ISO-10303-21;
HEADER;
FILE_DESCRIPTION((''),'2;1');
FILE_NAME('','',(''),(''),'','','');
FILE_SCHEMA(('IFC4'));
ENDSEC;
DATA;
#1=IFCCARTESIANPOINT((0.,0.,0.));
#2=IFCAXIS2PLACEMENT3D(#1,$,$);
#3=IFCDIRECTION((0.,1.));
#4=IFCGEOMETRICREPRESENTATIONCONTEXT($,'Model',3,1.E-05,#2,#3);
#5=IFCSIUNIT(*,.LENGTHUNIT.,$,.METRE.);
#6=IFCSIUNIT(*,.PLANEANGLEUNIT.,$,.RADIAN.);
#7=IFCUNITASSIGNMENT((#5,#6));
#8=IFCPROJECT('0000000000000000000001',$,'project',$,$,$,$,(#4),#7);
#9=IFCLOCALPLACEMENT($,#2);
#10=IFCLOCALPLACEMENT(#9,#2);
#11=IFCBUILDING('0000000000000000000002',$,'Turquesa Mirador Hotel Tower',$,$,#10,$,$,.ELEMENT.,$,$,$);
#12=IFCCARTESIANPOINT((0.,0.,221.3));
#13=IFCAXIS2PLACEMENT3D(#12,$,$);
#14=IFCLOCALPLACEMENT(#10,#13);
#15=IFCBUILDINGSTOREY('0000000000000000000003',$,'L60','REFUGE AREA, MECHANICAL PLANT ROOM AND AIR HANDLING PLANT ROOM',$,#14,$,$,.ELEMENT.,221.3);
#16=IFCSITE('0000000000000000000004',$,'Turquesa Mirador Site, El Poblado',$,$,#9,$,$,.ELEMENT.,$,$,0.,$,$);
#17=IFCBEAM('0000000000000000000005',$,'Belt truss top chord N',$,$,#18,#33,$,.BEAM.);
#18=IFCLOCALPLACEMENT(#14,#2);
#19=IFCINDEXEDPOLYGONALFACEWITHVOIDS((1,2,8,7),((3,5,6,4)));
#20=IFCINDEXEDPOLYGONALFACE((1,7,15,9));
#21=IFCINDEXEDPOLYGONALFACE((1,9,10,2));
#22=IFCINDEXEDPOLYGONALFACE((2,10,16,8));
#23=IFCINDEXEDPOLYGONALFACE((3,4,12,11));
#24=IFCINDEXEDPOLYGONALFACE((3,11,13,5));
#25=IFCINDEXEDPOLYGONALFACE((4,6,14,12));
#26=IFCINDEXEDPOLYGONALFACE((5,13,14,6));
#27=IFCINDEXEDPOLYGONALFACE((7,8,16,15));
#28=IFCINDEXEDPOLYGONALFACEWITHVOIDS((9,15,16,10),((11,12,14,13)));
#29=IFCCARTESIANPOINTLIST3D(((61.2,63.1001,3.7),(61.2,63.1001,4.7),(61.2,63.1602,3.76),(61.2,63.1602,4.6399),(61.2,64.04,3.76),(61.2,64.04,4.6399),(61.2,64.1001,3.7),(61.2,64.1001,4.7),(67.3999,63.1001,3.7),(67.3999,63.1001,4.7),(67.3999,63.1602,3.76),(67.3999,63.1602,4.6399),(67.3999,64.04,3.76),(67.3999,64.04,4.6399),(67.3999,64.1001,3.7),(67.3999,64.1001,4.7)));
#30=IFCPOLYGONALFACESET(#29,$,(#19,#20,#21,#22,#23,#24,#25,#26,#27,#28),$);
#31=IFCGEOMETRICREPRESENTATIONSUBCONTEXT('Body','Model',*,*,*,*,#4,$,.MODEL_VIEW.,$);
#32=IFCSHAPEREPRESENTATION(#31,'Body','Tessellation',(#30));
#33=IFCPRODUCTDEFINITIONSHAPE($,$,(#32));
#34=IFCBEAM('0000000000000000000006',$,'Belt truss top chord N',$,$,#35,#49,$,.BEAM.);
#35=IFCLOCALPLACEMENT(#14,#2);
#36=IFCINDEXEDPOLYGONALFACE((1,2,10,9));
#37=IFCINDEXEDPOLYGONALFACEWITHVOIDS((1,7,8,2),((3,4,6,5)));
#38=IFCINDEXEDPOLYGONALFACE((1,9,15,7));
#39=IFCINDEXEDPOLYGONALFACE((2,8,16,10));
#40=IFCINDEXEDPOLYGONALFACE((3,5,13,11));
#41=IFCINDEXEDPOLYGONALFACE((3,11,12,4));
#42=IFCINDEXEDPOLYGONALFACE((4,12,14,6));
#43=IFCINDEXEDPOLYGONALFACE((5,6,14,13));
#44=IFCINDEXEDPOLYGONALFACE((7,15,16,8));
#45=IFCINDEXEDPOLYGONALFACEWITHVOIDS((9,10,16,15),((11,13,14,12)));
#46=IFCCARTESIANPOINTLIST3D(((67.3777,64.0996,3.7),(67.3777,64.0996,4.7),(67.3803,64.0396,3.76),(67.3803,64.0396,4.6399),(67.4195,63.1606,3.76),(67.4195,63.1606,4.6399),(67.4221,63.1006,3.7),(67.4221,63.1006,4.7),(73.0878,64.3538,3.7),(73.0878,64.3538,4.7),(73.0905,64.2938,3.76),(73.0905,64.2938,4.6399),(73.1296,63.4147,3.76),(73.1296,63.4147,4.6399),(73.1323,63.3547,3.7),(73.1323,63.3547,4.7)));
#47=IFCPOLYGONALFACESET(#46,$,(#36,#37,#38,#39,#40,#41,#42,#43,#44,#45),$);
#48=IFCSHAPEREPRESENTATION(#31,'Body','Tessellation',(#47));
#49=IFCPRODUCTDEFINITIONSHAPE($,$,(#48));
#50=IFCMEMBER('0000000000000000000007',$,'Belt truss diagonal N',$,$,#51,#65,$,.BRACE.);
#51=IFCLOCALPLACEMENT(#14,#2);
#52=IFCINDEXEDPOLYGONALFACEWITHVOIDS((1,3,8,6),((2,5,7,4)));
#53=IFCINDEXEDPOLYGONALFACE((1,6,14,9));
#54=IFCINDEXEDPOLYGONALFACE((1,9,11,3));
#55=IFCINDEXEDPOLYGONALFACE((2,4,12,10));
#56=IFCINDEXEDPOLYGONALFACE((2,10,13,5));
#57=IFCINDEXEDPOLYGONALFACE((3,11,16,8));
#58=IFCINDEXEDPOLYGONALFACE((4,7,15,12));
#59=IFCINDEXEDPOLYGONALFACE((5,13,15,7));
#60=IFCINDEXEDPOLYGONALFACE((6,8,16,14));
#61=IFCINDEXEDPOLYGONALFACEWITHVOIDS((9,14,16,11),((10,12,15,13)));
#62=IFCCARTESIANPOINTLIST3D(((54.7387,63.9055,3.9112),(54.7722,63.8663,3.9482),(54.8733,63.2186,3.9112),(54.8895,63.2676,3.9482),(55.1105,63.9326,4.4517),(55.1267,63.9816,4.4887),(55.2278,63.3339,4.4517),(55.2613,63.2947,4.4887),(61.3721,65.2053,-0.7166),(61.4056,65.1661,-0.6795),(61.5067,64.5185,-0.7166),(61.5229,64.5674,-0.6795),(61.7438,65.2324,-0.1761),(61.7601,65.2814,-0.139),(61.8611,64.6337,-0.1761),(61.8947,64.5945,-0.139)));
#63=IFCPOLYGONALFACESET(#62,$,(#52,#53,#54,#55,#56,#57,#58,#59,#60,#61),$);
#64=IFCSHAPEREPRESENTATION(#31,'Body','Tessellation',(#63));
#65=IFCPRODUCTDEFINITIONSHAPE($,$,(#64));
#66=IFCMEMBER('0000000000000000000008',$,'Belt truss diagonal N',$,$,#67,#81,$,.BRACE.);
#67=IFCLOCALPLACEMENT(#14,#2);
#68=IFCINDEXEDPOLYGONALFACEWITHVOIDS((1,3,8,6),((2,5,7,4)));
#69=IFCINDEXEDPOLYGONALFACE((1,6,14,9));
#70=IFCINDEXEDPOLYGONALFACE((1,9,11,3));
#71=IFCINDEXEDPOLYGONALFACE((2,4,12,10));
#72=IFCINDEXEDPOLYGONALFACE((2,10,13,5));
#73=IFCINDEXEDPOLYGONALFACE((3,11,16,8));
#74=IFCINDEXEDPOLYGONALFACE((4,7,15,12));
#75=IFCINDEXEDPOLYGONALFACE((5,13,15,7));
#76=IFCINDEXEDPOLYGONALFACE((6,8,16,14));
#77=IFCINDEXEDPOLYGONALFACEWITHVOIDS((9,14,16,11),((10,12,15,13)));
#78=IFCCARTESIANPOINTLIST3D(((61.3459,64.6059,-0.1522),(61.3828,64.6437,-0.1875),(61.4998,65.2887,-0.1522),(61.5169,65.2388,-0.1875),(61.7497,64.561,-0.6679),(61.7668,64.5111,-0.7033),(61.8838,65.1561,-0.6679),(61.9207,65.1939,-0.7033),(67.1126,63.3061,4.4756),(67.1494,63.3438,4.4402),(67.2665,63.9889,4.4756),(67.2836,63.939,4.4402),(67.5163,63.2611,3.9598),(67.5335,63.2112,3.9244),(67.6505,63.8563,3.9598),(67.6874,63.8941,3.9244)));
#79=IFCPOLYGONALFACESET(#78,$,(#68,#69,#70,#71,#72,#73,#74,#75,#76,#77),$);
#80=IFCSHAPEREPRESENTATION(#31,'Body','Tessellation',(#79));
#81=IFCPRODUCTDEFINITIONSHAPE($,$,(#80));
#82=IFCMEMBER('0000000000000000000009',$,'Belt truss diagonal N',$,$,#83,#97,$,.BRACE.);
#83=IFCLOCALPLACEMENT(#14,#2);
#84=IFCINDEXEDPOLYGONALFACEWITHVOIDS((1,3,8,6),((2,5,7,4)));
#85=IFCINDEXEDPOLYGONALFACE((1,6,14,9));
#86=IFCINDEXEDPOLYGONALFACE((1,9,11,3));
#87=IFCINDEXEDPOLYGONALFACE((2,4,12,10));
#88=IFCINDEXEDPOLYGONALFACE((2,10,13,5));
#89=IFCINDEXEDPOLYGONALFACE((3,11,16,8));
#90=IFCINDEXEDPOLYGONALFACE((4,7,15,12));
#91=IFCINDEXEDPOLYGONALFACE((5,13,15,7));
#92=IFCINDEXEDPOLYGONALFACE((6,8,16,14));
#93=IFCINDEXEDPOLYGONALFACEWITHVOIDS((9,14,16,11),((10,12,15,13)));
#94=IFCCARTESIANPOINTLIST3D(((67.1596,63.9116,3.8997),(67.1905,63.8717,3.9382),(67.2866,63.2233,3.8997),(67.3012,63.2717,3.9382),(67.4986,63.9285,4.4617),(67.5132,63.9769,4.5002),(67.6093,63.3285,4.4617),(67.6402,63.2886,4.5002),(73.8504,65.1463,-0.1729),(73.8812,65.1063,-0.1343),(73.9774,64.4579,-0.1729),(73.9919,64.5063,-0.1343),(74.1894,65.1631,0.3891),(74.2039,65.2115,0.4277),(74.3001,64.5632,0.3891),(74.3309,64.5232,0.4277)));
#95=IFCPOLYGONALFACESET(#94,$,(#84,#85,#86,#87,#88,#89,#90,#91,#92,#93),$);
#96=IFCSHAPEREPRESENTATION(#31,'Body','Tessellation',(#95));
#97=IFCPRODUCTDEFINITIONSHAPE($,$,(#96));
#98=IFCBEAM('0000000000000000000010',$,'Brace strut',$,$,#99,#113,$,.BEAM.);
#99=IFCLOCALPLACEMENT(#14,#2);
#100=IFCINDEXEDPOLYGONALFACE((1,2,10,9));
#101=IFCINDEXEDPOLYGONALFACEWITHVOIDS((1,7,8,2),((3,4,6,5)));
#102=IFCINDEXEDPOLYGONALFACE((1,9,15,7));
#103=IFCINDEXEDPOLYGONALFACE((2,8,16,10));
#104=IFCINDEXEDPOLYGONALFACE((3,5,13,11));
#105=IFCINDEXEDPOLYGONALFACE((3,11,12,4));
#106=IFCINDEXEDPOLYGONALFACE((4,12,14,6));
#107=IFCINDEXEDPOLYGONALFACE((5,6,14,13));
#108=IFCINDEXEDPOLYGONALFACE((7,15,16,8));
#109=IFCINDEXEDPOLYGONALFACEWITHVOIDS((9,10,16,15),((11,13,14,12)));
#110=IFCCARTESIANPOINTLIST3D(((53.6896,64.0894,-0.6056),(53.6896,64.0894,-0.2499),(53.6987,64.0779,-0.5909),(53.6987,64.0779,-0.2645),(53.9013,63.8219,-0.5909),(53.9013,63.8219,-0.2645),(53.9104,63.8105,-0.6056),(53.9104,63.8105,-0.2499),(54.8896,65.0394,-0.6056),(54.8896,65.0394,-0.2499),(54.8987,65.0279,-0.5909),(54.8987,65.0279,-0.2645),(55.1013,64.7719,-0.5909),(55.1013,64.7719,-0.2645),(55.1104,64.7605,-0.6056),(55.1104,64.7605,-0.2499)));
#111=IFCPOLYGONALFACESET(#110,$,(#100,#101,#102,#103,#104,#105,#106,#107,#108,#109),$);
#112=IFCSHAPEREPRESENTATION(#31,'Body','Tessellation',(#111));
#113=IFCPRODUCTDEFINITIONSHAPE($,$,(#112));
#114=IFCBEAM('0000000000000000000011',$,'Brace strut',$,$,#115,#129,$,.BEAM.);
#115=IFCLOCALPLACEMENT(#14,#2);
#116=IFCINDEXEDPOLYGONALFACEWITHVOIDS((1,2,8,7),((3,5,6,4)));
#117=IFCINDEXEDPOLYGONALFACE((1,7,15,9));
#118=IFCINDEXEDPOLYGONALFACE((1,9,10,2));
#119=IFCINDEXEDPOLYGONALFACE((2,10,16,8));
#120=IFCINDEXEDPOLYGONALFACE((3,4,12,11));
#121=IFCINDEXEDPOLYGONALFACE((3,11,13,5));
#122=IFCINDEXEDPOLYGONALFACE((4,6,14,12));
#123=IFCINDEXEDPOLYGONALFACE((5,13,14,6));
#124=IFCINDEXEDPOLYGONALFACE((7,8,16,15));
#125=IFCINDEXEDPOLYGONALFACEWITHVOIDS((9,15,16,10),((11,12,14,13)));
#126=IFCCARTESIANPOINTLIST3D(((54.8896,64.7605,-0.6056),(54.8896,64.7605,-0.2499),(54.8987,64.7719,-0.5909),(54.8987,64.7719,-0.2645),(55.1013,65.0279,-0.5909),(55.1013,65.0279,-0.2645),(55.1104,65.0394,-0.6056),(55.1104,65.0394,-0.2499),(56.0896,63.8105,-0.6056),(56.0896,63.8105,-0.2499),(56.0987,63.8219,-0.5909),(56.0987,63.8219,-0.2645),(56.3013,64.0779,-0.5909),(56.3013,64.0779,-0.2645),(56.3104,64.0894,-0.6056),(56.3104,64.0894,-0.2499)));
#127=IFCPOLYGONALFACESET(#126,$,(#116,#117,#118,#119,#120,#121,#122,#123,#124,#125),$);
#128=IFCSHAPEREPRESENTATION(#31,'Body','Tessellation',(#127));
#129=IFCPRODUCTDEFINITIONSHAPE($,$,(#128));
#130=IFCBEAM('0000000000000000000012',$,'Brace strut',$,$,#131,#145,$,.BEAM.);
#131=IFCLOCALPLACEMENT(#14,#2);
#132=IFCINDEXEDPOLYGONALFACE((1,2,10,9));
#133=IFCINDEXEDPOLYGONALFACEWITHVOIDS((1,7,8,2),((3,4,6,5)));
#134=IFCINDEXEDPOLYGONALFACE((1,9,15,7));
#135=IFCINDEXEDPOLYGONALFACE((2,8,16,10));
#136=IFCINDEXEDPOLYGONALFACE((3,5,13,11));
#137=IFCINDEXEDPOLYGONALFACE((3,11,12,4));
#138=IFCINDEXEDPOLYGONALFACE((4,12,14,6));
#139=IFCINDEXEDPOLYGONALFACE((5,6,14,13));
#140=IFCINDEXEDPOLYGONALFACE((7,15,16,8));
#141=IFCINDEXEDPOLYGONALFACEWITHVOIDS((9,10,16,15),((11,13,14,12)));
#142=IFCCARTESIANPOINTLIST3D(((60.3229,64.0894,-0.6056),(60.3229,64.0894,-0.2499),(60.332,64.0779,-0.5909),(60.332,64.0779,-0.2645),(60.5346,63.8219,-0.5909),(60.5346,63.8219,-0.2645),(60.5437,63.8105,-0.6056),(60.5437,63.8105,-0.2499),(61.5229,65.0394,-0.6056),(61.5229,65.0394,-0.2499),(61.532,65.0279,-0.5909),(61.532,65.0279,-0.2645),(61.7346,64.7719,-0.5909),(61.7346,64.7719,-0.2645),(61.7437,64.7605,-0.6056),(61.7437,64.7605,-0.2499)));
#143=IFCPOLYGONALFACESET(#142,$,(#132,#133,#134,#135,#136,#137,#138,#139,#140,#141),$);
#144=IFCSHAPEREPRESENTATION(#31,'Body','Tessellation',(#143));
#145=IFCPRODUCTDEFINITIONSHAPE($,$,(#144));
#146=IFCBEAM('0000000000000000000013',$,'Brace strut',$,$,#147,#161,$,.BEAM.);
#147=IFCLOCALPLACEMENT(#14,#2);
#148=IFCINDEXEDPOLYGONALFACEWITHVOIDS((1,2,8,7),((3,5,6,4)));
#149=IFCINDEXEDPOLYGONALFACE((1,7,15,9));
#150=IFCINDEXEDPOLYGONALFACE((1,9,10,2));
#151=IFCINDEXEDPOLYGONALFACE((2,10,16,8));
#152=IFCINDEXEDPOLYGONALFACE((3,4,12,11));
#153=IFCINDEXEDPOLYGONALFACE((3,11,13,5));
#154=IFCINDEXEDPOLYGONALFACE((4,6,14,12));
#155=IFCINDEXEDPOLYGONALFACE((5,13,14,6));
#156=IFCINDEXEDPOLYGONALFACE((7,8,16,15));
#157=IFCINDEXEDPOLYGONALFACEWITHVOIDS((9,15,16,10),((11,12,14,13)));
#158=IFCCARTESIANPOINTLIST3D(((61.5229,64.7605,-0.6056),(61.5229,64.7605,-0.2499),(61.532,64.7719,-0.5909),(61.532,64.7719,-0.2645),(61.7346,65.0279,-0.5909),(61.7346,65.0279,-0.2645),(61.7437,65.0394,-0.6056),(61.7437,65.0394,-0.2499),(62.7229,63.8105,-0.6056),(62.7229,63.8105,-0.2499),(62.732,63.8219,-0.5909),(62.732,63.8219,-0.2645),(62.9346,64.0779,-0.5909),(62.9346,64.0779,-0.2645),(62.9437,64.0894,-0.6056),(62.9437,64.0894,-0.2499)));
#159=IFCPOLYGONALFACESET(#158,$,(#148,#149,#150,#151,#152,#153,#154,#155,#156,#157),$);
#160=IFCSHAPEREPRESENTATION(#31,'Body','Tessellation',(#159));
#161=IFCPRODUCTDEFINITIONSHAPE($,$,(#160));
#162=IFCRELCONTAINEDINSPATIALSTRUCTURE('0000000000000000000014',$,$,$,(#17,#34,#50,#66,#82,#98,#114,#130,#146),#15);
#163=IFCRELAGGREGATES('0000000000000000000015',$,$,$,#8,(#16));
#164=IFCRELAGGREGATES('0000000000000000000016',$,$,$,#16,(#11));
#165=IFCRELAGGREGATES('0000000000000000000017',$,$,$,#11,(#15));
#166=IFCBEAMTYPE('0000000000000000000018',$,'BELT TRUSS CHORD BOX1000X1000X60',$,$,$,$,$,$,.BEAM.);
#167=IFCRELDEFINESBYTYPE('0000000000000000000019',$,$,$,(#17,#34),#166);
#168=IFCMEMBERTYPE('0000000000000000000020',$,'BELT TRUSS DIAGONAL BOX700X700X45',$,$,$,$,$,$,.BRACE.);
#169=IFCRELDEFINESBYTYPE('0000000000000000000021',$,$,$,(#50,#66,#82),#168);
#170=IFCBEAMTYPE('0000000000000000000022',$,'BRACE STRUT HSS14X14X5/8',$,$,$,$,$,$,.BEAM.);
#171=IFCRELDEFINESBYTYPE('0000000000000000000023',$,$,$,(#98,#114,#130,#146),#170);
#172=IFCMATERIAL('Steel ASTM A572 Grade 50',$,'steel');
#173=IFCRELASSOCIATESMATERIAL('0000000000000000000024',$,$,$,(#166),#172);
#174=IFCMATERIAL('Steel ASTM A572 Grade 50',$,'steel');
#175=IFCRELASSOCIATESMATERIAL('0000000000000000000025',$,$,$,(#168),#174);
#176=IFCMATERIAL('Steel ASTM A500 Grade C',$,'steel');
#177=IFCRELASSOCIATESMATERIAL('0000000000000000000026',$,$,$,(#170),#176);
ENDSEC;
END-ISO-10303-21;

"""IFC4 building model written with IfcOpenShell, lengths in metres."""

from ifc_helpers import new_model, si_unit, direction, frame, origin, origin_2d, place, context, subcontext, project, spatial, hollow_rectangle, extrude, material, material_profile, profile_set, type_object, element, save


model = new_model("IFC4")

# Units and contexts
model_context = context("Model", 3, precision=1e-05, world=origin(), true_north=direction((0.0, 1.0)))
body_context = subcontext(model_context, "Body", "Model", "MODEL_VIEW")
ifc_project = project(units=[si_unit("LENGTHUNIT", "METRE"), si_unit("PLANEANGLEUNIT", "RADIAN")], contexts=[model_context])

# Site, building, storey
site_placement = place(None, origin())
site = spatial("IfcSite", under=ifc_project, at=site_placement, Name="Turquesa Mirador Site, El Poblado", CompositionType="ELEMENT", RefElevation=0.0)
building_placement = place(site_placement, origin())
building = spatial("IfcBuilding", under=site, at=building_placement, Name="Turquesa Mirador Hotel Tower", CompositionType="ELEMENT")
storey_placement = place(building_placement, frame((0.0, 0.0, 221.3)))
storey = spatial("IfcBuildingStorey", under=building, at=storey_placement, Name="L60", Description="REFUGE AREA, MECHANICAL PLANT ROOM AND AIR HANDLING PLANT ROOM", CompositionType="ELEMENT", Elevation=221.3)

# Beams
ifc_material_1 = material(Name="Steel ASTM A572 Grade 50", Category="steel")
ifc_material_profile_1 = material_profile(ifc_material_1, hollow_rectangle(XDim=1.0, YDim=1.0, WallThickness=0.0601, at=origin_2d()), Name="BOX1000X1000X60")
ifc_profile_set_1 = profile_set([ifc_material_profile_1], Name="Steel ASTM A572 Grade 50")
beam_type_1 = type_object("IfcBeamType", Name="BELT TRUSS CHORD BOX1000X1000X60", PredefinedType="BEAM", material=ifc_profile_set_1)
beam_1_placement = place(storey_placement, frame((61.2, 63.6001, 4.2), z_axis=(1.0, 0.0, 0.0), x_axis=(0.0, 1.0, 0.0)))
element("IfcBeam", 1, at=beam_1_placement, inside=storey, type_object=beam_type_1, Name="Belt truss top chord N", PredefinedType="BEAM", context=body_context, shape_type="SweptSolid", body=[
    extrude(hollow_rectangle(XDim=1.0, YDim=1.0, WallThickness=0.0601, at=origin_2d()), origin(), (0.0, 0.0, 1.0), 6.2),
])
beam_2_placement = place(storey_placement, frame((67.3999, 63.6001, 4.2), z_axis=(0.999011, 0.044464, 0.0), x_axis=(-0.044464, 0.999011, 0.0)))
element("IfcBeam", 2, at=beam_2_placement, inside=storey, type_object=beam_type_1, Name="Belt truss top chord N", PredefinedType="BEAM", context=body_context, shape_type="SweptSolid", body=[
    extrude(hollow_rectangle(XDim=1.0, YDim=1.0, WallThickness=0.0601, at=origin_2d()), origin(), (0.0, 0.0, 1.0), 5.7158),
])

# Members
ifc_material_2 = material(Name="Steel ASTM A572 Grade 50", Category="steel")
ifc_material_profile_2 = material_profile(ifc_material_2, hollow_rectangle(XDim=0.7, YDim=0.7, WallThickness=0.0449, at=origin_2d()), Name="BOX700X700X45")
ifc_profile_set_2 = profile_set([ifc_material_profile_2], Name="Steel ASTM A572 Grade 50")
member_type = type_object("IfcMemberType", Name="BELT TRUSS DIAGONAL BOX700X700X45", PredefinedType="BRACE", material=ifc_profile_set_2)
member_1_placement = place(storey_placement, frame((55.0, 63.6001, 4.2), z_axis=(0.809749, 0.158671, -0.564917), x_axis=(-0.192294, 0.981337, 0.0)))
element("IfcMember", 3, at=member_1_placement, inside=storey, type_object=member_type, Name="Belt truss diagonal N", PredefinedType="BRACE", context=body_context, shape_type="SweptSolid", body=[
    extrude(hollow_rectangle(XDim=0.7, YDim=0.7, WallThickness=0.0449, at=origin_2d()), origin(), (0.0, 0.0, 1.0), 8.1919),
])
member_2_placement = place(storey_placement, frame((61.6333, 64.8999, -0.4277), z_axis=(0.768139, -0.17314, 0.61643), x_axis=(0.219886, 0.975526, 0.0)))
element("IfcMember", 4, at=member_2_placement, inside=storey, type_object=member_type, Name="Belt truss diagonal N", PredefinedType="BRACE", context=body_context, shape_type="SweptSolid", body=[
    extrude(hollow_rectangle(XDim=0.7, YDim=0.7, WallThickness=0.0449, at=origin_2d()), origin(), (0.0, 0.0, 1.0), 7.5073),
])
member_3_placement = place(storey_placement, frame((67.3999, 63.6001, 4.2), z_axis=(0.843785, 0.155702, -0.513599), x_axis=(-0.181465, 0.983397, 0.0)))
element("IfcMember", 5, at=member_3_placement, inside=storey, type_object=member_type, Name="Belt truss diagonal N", PredefinedType="BRACE", context=body_context, shape_type="SweptSolid", body=[
    extrude(hollow_rectangle(XDim=0.7, YDim=0.7, WallThickness=0.0449, at=origin_2d()), origin(), (0.0, 0.0, 1.0), 7.9294),
])

# Beams
ifc_material_3 = material(Name="Steel ASTM A500 Grade C", Category="steel")
ifc_material_profile_3 = material_profile(ifc_material_3, hollow_rectangle(XDim=0.3557, YDim=0.3557, WallThickness=0.0146, at=origin_2d()), Name="HSS14X14X5/8")
ifc_profile_set_3 = profile_set([ifc_material_profile_3], Name="Steel ASTM A500 Grade C")
beam_type_2 = type_object("IfcBeamType", Name="BRACE STRUT HSS14X14X5/8", PredefinedType="BEAM", material=ifc_profile_set_3)
for number, where, z_axis, x_axis, name in (
    (6, (55.0, 64.8999, -0.4277), (-0.784049, -0.620699, 0.0), (0.620699, -0.784049, 0.0), "Brace strut"),
    (7, (55.0, 64.8999, -0.4277), (0.784049, -0.620699, 0.0), (0.620699, 0.784049, 0.0), "Brace strut"),
    (8, (61.6333, 64.8999, -0.4277), (-0.784049, -0.620699, 0.0), (0.620699, -0.784049, 0.0), "Brace strut"),
    (9, (61.6333, 64.8999, -0.4277), (0.784049, -0.620699, 0.0), (0.620699, 0.784049, 0.0), "Brace strut"),
):
    element("IfcBeam", number, at=place(storey_placement, frame(where, z_axis=z_axis, x_axis=x_axis)), inside=storey, type_object=beam_type_2, Name=name, PredefinedType="BEAM", context=body_context, shape_type="SweptSolid", body=[
        extrude(hollow_rectangle(XDim=0.3557, YDim=0.3557, WallThickness=0.0146, at=origin_2d()), origin(), (0.0, 0.0, 1.0), 1.5305),
    ])

save(model, "model.ifc")
